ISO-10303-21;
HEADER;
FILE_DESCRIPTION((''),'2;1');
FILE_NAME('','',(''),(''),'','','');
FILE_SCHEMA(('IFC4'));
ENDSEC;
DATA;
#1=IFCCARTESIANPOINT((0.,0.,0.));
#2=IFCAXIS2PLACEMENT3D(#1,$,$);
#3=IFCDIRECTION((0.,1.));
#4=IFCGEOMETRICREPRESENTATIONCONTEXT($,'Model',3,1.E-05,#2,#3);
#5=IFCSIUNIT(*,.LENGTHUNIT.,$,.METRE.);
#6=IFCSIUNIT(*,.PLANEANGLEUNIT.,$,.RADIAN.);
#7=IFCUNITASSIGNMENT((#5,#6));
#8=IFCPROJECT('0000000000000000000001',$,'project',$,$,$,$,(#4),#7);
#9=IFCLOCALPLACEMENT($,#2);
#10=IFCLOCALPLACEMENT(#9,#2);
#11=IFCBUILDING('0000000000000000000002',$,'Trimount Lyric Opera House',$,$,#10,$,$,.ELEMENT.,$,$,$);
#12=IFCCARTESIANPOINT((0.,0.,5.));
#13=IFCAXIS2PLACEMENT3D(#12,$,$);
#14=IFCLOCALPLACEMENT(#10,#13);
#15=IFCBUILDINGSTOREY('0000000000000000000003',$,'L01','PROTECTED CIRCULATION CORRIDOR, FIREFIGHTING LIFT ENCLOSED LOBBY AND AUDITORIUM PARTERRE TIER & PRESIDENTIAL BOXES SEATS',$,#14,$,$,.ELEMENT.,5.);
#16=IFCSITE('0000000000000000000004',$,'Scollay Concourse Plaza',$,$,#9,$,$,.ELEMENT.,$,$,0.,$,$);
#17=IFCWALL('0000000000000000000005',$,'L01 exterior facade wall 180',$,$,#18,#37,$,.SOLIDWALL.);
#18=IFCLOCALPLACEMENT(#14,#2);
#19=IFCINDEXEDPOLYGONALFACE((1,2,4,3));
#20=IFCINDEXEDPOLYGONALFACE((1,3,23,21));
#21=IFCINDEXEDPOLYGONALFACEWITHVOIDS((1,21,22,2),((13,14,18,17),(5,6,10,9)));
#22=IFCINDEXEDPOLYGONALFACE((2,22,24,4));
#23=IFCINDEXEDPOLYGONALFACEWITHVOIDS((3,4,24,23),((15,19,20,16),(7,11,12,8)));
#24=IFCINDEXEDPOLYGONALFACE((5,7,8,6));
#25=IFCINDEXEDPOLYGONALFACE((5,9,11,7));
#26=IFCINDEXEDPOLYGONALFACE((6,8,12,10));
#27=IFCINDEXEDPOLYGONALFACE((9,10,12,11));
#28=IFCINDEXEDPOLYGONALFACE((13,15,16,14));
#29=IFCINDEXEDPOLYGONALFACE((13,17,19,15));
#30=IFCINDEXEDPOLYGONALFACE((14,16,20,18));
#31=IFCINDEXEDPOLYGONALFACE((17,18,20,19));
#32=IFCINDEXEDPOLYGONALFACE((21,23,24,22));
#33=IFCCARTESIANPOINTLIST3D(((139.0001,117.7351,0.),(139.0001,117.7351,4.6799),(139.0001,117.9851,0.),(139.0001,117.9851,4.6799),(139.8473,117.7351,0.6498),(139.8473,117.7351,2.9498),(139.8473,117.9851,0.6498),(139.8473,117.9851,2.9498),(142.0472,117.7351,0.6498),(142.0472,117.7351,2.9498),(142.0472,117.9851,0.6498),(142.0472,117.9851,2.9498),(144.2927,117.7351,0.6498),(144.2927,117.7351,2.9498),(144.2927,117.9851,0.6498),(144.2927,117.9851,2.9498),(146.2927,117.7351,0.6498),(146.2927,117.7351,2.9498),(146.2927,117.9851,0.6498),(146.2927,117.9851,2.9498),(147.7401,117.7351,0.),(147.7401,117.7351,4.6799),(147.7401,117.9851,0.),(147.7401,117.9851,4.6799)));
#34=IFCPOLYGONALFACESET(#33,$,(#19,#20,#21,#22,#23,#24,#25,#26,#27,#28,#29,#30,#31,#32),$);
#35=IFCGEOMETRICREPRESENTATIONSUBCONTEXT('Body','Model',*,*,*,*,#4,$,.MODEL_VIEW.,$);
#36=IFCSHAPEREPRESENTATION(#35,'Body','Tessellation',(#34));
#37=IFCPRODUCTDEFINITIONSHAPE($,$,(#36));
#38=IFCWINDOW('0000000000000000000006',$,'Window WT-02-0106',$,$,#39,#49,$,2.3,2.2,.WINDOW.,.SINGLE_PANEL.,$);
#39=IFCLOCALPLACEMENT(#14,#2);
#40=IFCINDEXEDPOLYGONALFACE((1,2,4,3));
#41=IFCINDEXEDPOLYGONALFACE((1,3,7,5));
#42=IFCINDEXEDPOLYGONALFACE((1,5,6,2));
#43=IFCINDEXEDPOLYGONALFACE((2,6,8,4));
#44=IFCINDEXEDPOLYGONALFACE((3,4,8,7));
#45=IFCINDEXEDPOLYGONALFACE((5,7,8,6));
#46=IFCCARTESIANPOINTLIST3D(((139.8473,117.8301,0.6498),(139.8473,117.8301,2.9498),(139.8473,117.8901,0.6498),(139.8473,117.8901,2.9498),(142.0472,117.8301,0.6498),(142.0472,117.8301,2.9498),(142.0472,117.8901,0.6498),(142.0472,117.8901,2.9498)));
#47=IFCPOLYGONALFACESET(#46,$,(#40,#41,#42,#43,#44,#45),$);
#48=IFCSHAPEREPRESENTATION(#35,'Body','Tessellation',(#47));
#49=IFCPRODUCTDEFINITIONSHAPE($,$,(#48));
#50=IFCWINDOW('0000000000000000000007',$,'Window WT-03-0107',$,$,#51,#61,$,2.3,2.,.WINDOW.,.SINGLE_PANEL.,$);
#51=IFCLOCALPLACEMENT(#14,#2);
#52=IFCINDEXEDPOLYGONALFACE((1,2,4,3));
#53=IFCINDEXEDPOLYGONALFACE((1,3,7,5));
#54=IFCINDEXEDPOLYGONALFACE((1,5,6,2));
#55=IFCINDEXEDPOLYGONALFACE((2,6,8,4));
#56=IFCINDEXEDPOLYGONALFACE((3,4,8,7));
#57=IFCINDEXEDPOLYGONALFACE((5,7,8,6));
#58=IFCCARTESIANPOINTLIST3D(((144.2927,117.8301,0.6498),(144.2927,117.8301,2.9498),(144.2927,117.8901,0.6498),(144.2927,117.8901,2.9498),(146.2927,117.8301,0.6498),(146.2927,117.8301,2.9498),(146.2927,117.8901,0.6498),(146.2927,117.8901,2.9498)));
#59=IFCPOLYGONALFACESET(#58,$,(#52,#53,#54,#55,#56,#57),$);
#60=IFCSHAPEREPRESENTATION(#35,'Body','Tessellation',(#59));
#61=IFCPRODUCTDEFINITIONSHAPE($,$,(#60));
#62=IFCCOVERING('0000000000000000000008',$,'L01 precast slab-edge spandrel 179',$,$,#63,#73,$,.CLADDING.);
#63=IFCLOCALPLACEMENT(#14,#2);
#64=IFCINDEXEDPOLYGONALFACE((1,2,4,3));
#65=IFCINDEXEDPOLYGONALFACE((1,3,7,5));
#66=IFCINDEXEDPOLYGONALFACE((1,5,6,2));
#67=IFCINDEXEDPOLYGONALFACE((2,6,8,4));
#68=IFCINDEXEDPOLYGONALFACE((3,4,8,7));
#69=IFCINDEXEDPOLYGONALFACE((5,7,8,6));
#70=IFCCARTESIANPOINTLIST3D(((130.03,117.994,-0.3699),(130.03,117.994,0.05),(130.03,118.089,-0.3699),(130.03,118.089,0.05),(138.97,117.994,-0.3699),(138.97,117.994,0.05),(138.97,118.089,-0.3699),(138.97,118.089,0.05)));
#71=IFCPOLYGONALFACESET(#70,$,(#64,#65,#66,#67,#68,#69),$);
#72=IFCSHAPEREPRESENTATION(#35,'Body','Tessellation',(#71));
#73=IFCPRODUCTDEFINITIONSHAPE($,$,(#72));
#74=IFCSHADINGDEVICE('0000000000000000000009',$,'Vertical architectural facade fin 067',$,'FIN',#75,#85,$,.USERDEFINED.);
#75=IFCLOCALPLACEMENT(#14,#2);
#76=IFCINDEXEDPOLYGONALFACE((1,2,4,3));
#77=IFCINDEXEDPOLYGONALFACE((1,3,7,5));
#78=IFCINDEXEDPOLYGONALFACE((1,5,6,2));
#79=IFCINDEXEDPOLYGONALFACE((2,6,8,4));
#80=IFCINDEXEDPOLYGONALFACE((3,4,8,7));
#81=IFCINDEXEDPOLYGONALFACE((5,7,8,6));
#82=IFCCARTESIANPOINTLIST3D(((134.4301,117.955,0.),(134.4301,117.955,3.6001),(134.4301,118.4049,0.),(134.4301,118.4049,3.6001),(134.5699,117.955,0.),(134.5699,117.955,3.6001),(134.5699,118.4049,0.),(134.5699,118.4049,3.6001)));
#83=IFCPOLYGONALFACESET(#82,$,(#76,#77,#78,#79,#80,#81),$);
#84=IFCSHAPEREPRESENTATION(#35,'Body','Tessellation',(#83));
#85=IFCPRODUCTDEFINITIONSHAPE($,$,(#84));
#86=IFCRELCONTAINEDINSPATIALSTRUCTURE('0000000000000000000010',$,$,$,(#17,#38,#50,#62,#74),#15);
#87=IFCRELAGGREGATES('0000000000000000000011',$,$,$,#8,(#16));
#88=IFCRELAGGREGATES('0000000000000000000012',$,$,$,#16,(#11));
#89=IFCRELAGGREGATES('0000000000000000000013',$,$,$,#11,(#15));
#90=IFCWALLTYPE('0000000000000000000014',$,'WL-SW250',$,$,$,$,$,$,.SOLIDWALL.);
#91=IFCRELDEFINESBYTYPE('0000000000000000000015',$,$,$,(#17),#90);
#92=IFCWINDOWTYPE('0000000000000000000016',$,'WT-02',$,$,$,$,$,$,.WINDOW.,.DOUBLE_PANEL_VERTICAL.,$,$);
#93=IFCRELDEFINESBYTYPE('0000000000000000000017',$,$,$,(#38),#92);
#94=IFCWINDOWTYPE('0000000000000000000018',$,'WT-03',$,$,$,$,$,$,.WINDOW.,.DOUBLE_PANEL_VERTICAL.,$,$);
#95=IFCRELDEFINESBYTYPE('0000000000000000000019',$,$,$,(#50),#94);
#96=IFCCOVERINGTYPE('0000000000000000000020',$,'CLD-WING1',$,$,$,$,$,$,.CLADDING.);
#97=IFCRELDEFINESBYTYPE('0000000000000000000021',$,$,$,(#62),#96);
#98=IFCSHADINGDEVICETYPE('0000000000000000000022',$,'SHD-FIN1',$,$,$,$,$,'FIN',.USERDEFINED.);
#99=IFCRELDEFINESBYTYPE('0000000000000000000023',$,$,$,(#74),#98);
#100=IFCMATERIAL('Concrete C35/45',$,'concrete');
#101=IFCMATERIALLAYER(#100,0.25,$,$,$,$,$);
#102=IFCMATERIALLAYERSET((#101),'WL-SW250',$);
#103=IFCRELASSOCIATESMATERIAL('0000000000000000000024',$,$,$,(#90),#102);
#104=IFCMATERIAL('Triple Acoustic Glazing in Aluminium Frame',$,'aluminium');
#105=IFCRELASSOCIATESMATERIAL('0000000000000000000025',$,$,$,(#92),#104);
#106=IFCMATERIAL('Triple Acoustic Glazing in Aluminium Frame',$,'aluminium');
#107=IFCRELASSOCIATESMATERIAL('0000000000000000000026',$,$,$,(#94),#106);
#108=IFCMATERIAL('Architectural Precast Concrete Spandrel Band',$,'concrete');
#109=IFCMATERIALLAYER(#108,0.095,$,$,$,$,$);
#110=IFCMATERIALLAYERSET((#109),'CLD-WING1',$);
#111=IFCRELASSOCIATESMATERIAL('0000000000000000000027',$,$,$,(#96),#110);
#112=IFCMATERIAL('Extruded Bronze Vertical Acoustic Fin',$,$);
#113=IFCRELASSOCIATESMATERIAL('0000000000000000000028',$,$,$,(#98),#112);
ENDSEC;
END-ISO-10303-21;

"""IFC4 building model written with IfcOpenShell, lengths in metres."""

from ifc_helpers import new_model, si_unit, direction, frame, frame_2d, origin, origin_2d, place, context, subcontext, project, spatial, rectangle, extrude, material, layer, layer_set, type_object, element, fill, save


model = new_model("IFC4")

# Units and contexts
model_context = context("Model", 3, precision=1e-05, world=origin(), true_north=direction((0.0, 1.0)))
body_context = subcontext(model_context, "Body", "Model", "MODEL_VIEW")
ifc_project = project(units=[si_unit("LENGTHUNIT", "METRE"), si_unit("PLANEANGLEUNIT", "RADIAN")], contexts=[model_context])

# Site, building, storey
site_placement = place(None, origin())
site = spatial("IfcSite", under=ifc_project, at=site_placement, Name="Scollay Concourse Plaza", CompositionType="ELEMENT", RefElevation=0.0)
building_placement = place(site_placement, origin())
building = spatial("IfcBuilding", under=site, at=building_placement, Name="Trimount Lyric Opera House", CompositionType="ELEMENT")
storey_placement = place(building_placement, frame((0.0, 0.0, 5.0)))
storey = spatial("IfcBuildingStorey", under=building, at=storey_placement, Name="L01", Description="PROTECTED CIRCULATION CORRIDOR, FIREFIGHTING LIFT ENCLOSED LOBBY AND AUDITORIUM PARTERRE TIER & PRESIDENTIAL BOXES SEATS", CompositionType="ELEMENT", Elevation=5.0)

# Wall, openings, windows
ifc_material_1 = material(Name="Concrete C35/45", Category="concrete")
ifc_layer_1 = layer(ifc_material_1, 0.25)
ifc_layer_set_1 = layer_set([ifc_layer_1], Name="WL-SW250")
wall_type = type_object("IfcWallType", Name="WL-SW250", PredefinedType="SOLIDWALL", material=ifc_layer_set_1)
wall_1_placement = place(storey_placement, frame((139.0, 117.8601, 0.0), z_axis=(0.0, 0.0, 1.0), x_axis=(1.0, 0.0, 0.0)))
wall_1 = element("IfcWall", 1, at=wall_1_placement, inside=storey, type_object=wall_type, Name="L01 exterior facade wall 180", PredefinedType="SOLIDWALL", context=body_context, shape_type="SweptSolid", body=[
    extrude(rectangle(XDim=8.74, YDim=0.25, at=frame_2d((4.3701, 0.0))), origin(), (0.0, 0.0, 1.0), 4.6799),
])
opening_1_placement = place(wall_1_placement, frame((0.8472, 0.0, 0.6499)))
opening_1 = element("IfcOpeningElement", 2, at=opening_1_placement, cuts=wall_1, PredefinedType="OPENING", context=body_context, shape_type="SweptSolid", body=[
    extrude(rectangle(XDim=2.2, YDim=2.3, at=frame_2d((1.1001, 1.1499))), frame((0.0, 0.135, 0.0), z_axis=(0.0, -1.0, 0.0), x_axis=(1.0, 0.0, 0.0)), (0.0, 0.0, 1.0), 0.27),
])
opening_2_placement = place(wall_1_placement, frame((5.2927, 0.0, 0.6499)))
opening_2 = element("IfcOpeningElement", 3, at=opening_2_placement, cuts=wall_1, PredefinedType="OPENING", context=body_context, shape_type="SweptSolid", body=[
    extrude(rectangle(XDim=2.0, YDim=2.3, at=frame_2d((1.0, 1.1499))), frame((0.0, 0.135, 0.0), z_axis=(0.0, -1.0, 0.0), x_axis=(1.0, 0.0, 0.0)), (0.0, 0.0, 1.0), 0.27),
])
ifc_material_2 = material(Name="Triple Acoustic Glazing in Aluminium Frame", Category="aluminium")
window_type_1 = type_object("IfcWindowType", Name="WT-02", PartitioningType="DOUBLE_PANEL_VERTICAL", PredefinedType="WINDOW", material=ifc_material_2)
window_1_placement = place(opening_1_placement, origin())
window_1 = element("IfcWindow", 4, at=window_1_placement, inside=storey, type_object=window_type_1, Name="Window WT-02-0106", OverallHeight=2.3, OverallWidth=2.2, PartitioningType="SINGLE_PANEL", PredefinedType="WINDOW", context=body_context, shape_type="SweptSolid", body=[
    extrude(rectangle(XDim=2.2, YDim=2.3, at=frame_2d((1.1001, 1.1499))), frame((0.0, 0.03, 0.0), z_axis=(0.0, -1.0, 0.0), x_axis=(1.0, 0.0, 0.0)), (0.0, 0.0, 1.0), 0.0601),
])
fill(opening_1, window_1)
ifc_material_3 = material(Name="Triple Acoustic Glazing in Aluminium Frame", Category="aluminium")
window_type_2 = type_object("IfcWindowType", Name="WT-03", PartitioningType="DOUBLE_PANEL_VERTICAL", PredefinedType="WINDOW", material=ifc_material_3)
window_2_placement = place(opening_2_placement, origin())
window_2 = element("IfcWindow", 5, at=window_2_placement, inside=storey, type_object=window_type_2, Name="Window WT-03-0107", OverallHeight=2.3, OverallWidth=2.0, PartitioningType="SINGLE_PANEL", PredefinedType="WINDOW", context=body_context, shape_type="SweptSolid", body=[
    extrude(rectangle(XDim=2.0, YDim=2.3, at=frame_2d((1.0, 1.1499))), frame((0.0, 0.03, 0.0), z_axis=(0.0, -1.0, 0.0), x_axis=(1.0, 0.0, 0.0)), (0.0, 0.0, 1.0), 0.0601),
])
fill(opening_2, window_2)

# Covering
ifc_material_4 = material(Name="Architectural Precast Concrete Spandrel Band", Category="concrete")
ifc_layer_2 = layer(ifc_material_4, 0.095)
ifc_layer_set_2 = layer_set([ifc_layer_2], Name="CLD-WING1")
covering_type = type_object("IfcCoveringType", Name="CLD-WING1", PredefinedType="CLADDING", material=ifc_layer_set_2)
covering_placement = place(storey_placement, frame((134.5, 118.0415, -0.3699), z_axis=(0.0, 0.0, 1.0), x_axis=(1.0, 0.0, 0.0)))
element("IfcCovering", 6, at=covering_placement, inside=storey, type_object=covering_type, Name="L01 precast slab-edge spandrel 179", PredefinedType="CLADDING", context=body_context, shape_type="SweptSolid", body=[
    extrude(rectangle(XDim=8.9399, YDim=0.095, at=origin_2d()), origin(), (0.0, 0.0, 1.0), 0.4199),
])

# Shading device
ifc_material_5 = material(Name="Extruded Bronze Vertical Acoustic Fin")
shading_device_type = type_object("IfcShadingDeviceType", Name="SHD-FIN1", ElementType="FIN", PredefinedType="USERDEFINED", material=ifc_material_5)
shading_device_placement = place(storey_placement, frame((134.5, 118.1799, 0.0), z_axis=(0.0, 0.0, 1.0), x_axis=(1.0, 0.0, 0.0)))
element("IfcShadingDevice", 7, at=shading_device_placement, inside=storey, type_object=shading_device_type, Name="Vertical architectural facade fin 067", ObjectType="FIN", PredefinedType="USERDEFINED", context=body_context, shape_type="SweptSolid", body=[
    extrude(rectangle(XDim=0.1399, YDim=0.45, at=origin_2d()), origin(), (0.0, 0.0, 1.0), 3.6001),
])

save(model, "model.ifc")
